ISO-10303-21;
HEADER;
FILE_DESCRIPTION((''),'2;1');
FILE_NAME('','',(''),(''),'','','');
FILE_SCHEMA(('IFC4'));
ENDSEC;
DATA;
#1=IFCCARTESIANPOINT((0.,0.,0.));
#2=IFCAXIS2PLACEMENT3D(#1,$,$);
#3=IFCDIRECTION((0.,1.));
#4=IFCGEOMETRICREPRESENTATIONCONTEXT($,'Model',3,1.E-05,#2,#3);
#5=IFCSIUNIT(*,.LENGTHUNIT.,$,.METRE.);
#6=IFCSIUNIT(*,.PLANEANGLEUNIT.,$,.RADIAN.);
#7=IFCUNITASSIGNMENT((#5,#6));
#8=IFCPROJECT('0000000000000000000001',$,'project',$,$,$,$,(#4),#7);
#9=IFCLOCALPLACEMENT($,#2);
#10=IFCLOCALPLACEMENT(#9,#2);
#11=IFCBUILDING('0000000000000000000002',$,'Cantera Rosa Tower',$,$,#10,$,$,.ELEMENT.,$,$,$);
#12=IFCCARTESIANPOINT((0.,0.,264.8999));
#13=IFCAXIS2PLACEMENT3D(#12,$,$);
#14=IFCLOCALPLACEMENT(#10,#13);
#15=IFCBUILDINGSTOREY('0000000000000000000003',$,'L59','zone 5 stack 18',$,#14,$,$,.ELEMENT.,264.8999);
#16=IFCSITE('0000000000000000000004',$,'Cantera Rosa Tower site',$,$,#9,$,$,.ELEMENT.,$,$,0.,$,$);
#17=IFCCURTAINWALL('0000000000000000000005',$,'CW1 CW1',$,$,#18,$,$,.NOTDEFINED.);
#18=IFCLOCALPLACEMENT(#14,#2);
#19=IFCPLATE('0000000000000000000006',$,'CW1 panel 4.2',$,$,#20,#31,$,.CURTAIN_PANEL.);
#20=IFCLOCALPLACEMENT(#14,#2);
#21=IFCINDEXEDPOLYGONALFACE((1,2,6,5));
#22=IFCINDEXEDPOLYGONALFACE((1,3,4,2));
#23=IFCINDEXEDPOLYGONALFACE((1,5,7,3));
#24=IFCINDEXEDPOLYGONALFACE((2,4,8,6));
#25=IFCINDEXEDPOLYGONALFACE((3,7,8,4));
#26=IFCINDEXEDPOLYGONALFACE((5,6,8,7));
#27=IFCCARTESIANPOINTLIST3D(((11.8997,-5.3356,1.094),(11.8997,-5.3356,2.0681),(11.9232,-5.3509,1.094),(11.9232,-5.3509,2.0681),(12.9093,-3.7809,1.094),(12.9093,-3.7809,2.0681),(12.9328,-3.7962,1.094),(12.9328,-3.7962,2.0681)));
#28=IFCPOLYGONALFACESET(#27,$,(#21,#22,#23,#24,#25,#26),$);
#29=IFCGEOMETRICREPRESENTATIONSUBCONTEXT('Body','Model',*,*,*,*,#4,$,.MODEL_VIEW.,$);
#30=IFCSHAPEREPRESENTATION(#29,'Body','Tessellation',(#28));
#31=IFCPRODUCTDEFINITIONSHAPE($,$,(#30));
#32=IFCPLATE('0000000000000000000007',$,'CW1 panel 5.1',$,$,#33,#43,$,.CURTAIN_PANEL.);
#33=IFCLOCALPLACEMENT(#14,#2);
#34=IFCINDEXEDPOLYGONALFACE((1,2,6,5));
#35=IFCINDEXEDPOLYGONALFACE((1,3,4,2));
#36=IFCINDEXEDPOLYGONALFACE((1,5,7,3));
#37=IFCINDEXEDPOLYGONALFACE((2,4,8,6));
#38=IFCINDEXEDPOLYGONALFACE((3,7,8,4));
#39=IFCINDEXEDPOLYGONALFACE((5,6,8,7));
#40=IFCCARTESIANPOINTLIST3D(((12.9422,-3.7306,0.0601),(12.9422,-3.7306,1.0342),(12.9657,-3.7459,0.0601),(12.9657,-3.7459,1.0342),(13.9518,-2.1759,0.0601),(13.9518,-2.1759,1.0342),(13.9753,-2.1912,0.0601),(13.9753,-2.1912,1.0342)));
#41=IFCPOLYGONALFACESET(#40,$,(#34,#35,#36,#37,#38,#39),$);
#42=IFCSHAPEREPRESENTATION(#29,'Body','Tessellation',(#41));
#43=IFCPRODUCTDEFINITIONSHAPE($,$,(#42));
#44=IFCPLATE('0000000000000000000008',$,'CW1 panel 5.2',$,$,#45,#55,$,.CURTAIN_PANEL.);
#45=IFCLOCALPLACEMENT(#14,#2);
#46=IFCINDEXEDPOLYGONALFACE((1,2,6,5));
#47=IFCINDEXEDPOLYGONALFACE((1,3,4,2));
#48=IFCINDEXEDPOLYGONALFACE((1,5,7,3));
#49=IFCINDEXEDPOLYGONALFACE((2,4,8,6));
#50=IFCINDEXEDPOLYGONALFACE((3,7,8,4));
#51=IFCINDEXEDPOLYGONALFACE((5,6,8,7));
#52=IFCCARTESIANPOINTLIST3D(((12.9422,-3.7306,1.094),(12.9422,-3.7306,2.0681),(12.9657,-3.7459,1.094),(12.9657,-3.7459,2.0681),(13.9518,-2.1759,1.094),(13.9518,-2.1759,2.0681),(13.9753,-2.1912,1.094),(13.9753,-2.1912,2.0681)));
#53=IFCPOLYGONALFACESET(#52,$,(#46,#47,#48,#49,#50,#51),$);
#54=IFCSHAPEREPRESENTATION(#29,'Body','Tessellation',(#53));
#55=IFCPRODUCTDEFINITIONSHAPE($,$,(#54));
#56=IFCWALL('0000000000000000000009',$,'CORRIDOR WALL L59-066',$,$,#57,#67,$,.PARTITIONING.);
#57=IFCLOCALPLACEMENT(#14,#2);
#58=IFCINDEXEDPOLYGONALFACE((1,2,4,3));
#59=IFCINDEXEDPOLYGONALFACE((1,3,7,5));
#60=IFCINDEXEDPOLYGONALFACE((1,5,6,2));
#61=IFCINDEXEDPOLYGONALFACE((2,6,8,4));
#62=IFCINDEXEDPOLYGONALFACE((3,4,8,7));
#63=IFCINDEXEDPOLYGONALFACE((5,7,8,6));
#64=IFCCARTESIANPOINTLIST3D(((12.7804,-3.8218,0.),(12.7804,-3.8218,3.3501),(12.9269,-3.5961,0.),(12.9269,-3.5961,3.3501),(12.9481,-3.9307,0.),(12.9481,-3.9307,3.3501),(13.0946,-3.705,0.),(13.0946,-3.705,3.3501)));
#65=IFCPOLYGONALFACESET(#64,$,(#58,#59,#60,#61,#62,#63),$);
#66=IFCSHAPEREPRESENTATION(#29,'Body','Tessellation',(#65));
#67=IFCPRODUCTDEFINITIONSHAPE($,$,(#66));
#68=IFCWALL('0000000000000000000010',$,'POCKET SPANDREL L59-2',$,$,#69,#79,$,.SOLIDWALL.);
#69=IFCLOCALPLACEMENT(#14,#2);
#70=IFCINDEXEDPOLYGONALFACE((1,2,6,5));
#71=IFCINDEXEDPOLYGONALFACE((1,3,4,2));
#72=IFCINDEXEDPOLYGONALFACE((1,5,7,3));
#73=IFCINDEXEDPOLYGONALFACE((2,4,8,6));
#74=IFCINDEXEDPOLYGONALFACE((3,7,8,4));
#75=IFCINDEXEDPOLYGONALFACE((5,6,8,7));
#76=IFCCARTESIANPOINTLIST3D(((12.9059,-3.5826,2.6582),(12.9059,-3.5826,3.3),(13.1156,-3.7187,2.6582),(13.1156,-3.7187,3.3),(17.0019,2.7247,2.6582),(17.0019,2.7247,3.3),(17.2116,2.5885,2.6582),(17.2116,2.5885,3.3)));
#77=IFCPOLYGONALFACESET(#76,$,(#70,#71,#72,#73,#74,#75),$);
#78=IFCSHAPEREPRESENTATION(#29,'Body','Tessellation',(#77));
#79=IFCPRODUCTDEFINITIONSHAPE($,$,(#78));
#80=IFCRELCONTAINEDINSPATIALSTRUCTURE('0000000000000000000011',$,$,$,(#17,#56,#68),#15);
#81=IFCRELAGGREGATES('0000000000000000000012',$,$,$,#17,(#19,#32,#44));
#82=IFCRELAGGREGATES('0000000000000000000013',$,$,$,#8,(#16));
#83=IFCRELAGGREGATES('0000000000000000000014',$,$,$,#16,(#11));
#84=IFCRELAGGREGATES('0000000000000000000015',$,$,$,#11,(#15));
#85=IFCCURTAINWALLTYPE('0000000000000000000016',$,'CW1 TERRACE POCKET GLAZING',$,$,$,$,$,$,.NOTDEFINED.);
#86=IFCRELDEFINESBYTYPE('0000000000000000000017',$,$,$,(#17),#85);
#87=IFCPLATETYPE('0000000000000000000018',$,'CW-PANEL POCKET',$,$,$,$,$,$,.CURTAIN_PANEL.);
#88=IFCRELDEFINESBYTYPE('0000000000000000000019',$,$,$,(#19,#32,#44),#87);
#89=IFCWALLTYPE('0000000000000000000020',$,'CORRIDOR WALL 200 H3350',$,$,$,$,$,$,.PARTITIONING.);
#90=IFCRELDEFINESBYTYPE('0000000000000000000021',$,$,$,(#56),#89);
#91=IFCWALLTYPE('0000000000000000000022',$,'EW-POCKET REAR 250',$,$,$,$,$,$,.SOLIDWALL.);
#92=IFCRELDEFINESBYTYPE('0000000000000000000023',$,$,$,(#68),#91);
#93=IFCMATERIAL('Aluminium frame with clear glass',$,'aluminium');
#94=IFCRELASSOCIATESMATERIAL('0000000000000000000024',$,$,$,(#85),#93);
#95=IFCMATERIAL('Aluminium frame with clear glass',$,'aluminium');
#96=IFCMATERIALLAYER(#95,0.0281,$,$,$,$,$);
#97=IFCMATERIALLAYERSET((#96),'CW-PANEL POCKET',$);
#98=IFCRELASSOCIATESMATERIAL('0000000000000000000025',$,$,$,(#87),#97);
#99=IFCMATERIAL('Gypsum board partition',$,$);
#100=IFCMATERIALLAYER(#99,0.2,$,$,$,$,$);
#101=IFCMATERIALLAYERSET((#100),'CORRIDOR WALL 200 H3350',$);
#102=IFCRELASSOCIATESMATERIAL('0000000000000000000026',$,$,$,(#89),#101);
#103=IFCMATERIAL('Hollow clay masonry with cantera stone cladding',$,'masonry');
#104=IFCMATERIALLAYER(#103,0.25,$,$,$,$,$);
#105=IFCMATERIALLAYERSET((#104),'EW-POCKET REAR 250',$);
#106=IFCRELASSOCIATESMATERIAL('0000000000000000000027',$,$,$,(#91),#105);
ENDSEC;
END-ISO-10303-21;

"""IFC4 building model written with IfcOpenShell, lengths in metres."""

from ifc_helpers import new_model, si_unit, direction, frame, frame_2d, origin, origin_2d, place, context, subcontext, project, spatial, rectangle, extrude, material, layer, layer_set, type_object, element, aggregate, save


model = new_model("IFC4")

# Units and contexts
model_context = context("Model", 3, precision=1e-05, world=origin(), true_north=direction((0.0, 1.0)))
body_context = subcontext(model_context, "Body", "Model", "MODEL_VIEW")
ifc_project = project(units=[si_unit("LENGTHUNIT", "METRE"), si_unit("PLANEANGLEUNIT", "RADIAN")], contexts=[model_context])

# Site, building, storey
site_placement = place(None, origin())
site = spatial("IfcSite", under=ifc_project, at=site_placement, Name="Cantera Rosa Tower site", CompositionType="ELEMENT", RefElevation=0.0)
building_placement = place(site_placement, origin())
building = spatial("IfcBuilding", under=site, at=building_placement, Name="Cantera Rosa Tower", CompositionType="ELEMENT")
storey_placement = place(building_placement, frame((0.0, 0.0, 264.8999)))
storey = spatial("IfcBuildingStorey", under=building, at=storey_placement, Name="L59", Description="zone 5 stack 18", CompositionType="ELEMENT", Elevation=264.8999)

# Curtain wall
ifc_material_1 = material(Name="Aluminium frame with clear glass", Category="aluminium")
curtain_wall_type = type_object("IfcCurtainWallType", Name="CW1 TERRACE POCKET GLAZING", PredefinedType="NOTDEFINED", material=ifc_material_1)
curtain_wall_placement = place(storey_placement, origin())
curtain_wall = element("IfcCurtainWall", 1, at=curtain_wall_placement, inside=storey, type_object=curtain_wall_type, Name="CW1 CW1", PredefinedType="NOTDEFINED")

# Plates
ifc_material_2 = material(Name="Aluminium frame with clear glass", Category="aluminium")
ifc_layer_1 = layer(ifc_material_2, 0.0281)
ifc_layer_set_1 = layer_set([ifc_layer_1], Name="CW-PANEL POCKET")
plate_type = type_object("IfcPlateType", Name="CW-PANEL POCKET", PredefinedType="CURTAIN_PANEL", material=ifc_layer_set_1)
plate_1_placement = place(storey_placement, frame((12.4163, -4.5659, 1.094), z_axis=(0.0, 0.0, 1.0), x_axis=(0.544639, 0.838671, 0.0)))
plate_1 = element("IfcPlate", 2, at=plate_1_placement, type_object=plate_type, Name="CW1 panel 4.2", PredefinedType="CURTAIN_PANEL", context=body_context, shape_type="SweptSolid", body=[
    extrude(rectangle(XDim=1.8538, YDim=0.0281, at=origin_2d()), origin(), (0.0, 0.0, 1.0), 0.9741),
])
plate_2_placement = place(storey_placement, frame((13.4587, -2.9609, 0.0601), z_axis=(0.0, 0.0, 1.0), x_axis=(0.544639, 0.838671, 0.0)))
plate_2 = element("IfcPlate", 3, at=plate_2_placement, type_object=plate_type, Name="CW1 panel 5.1", PredefinedType="CURTAIN_PANEL", context=body_context, shape_type="SweptSolid", body=[
    extrude(rectangle(XDim=1.8538, YDim=0.0281, at=origin_2d()), origin(), (0.0, 0.0, 1.0), 0.9741),
])
plate_3_placement = place(storey_placement, frame((13.4587, -2.9609, 1.094), z_axis=(0.0, 0.0, 1.0), x_axis=(0.544639, 0.838671, 0.0)))
plate_3 = element("IfcPlate", 4, at=plate_3_placement, type_object=plate_type, Name="CW1 panel 5.2", PredefinedType="CURTAIN_PANEL", context=body_context, shape_type="SweptSolid", body=[
    extrude(rectangle(XDim=1.8538, YDim=0.0281, at=origin_2d()), origin(), (0.0, 0.0, 1.0), 0.9741),
])
aggregate(curtain_wall, [plate_1, plate_2, plate_3])

# Walls
ifc_material_3 = material(Name="Gypsum board partition")
ifc_layer_2 = layer(ifc_material_3, 0.2)
ifc_layer_set_2 = layer_set([ifc_layer_2], Name="CORRIDOR WALL 200 H3350")
wall_type_1 = type_object("IfcWallType", Name="CORRIDOR WALL 200 H3350", PredefinedType="PARTITIONING", material=ifc_layer_set_2)
wall_1_placement = place(storey_placement, frame((12.8643, -3.8762, 0.0), z_axis=(0.0, 0.0, 1.0), x_axis=(0.544605, 0.838692, 0.0)))
element("IfcWall", 5, at=wall_1_placement, inside=storey, type_object=wall_type_1, Name="CORRIDOR WALL L59-066", PredefinedType="PARTITIONING", context=body_context, shape_type="SweptSolid", body=[
    extrude(rectangle(XDim=0.269, YDim=0.2, at=frame_2d((0.1345, 0.0))), origin(), (0.0, 0.0, 1.0), 3.3501),
])
ifc_material_4 = material(Name="Hollow clay masonry with cantera stone cladding", Category="masonry")
ifc_layer_3 = layer(ifc_material_4, 0.25)
ifc_layer_set_3 = layer_set([ifc_layer_3], Name="EW-POCKET REAR 250")
wall_type_2 = type_object("IfcWallType", Name="EW-POCKET REAR 250", PredefinedType="SOLIDWALL", material=ifc_layer_set_3)
wall_2_placement = place(storey_placement, frame((13.0107, -3.6506, 2.6582), z_axis=(0.0, 0.0, 1.0), x_axis=(0.544644, 0.838668, 0.0)))
element("IfcWall", 6, at=wall_2_placement, inside=storey, type_object=wall_type_2, Name="POCKET SPANDREL L59-2", PredefinedType="SOLIDWALL", context=body_context, shape_type="SweptSolid", body=[
    extrude(rectangle(XDim=7.5205, YDim=0.25, at=frame_2d((3.7603, 0.0))), origin(), (0.0, 0.0, 1.0), 0.6418),
])

save(model, "model.ifc")
